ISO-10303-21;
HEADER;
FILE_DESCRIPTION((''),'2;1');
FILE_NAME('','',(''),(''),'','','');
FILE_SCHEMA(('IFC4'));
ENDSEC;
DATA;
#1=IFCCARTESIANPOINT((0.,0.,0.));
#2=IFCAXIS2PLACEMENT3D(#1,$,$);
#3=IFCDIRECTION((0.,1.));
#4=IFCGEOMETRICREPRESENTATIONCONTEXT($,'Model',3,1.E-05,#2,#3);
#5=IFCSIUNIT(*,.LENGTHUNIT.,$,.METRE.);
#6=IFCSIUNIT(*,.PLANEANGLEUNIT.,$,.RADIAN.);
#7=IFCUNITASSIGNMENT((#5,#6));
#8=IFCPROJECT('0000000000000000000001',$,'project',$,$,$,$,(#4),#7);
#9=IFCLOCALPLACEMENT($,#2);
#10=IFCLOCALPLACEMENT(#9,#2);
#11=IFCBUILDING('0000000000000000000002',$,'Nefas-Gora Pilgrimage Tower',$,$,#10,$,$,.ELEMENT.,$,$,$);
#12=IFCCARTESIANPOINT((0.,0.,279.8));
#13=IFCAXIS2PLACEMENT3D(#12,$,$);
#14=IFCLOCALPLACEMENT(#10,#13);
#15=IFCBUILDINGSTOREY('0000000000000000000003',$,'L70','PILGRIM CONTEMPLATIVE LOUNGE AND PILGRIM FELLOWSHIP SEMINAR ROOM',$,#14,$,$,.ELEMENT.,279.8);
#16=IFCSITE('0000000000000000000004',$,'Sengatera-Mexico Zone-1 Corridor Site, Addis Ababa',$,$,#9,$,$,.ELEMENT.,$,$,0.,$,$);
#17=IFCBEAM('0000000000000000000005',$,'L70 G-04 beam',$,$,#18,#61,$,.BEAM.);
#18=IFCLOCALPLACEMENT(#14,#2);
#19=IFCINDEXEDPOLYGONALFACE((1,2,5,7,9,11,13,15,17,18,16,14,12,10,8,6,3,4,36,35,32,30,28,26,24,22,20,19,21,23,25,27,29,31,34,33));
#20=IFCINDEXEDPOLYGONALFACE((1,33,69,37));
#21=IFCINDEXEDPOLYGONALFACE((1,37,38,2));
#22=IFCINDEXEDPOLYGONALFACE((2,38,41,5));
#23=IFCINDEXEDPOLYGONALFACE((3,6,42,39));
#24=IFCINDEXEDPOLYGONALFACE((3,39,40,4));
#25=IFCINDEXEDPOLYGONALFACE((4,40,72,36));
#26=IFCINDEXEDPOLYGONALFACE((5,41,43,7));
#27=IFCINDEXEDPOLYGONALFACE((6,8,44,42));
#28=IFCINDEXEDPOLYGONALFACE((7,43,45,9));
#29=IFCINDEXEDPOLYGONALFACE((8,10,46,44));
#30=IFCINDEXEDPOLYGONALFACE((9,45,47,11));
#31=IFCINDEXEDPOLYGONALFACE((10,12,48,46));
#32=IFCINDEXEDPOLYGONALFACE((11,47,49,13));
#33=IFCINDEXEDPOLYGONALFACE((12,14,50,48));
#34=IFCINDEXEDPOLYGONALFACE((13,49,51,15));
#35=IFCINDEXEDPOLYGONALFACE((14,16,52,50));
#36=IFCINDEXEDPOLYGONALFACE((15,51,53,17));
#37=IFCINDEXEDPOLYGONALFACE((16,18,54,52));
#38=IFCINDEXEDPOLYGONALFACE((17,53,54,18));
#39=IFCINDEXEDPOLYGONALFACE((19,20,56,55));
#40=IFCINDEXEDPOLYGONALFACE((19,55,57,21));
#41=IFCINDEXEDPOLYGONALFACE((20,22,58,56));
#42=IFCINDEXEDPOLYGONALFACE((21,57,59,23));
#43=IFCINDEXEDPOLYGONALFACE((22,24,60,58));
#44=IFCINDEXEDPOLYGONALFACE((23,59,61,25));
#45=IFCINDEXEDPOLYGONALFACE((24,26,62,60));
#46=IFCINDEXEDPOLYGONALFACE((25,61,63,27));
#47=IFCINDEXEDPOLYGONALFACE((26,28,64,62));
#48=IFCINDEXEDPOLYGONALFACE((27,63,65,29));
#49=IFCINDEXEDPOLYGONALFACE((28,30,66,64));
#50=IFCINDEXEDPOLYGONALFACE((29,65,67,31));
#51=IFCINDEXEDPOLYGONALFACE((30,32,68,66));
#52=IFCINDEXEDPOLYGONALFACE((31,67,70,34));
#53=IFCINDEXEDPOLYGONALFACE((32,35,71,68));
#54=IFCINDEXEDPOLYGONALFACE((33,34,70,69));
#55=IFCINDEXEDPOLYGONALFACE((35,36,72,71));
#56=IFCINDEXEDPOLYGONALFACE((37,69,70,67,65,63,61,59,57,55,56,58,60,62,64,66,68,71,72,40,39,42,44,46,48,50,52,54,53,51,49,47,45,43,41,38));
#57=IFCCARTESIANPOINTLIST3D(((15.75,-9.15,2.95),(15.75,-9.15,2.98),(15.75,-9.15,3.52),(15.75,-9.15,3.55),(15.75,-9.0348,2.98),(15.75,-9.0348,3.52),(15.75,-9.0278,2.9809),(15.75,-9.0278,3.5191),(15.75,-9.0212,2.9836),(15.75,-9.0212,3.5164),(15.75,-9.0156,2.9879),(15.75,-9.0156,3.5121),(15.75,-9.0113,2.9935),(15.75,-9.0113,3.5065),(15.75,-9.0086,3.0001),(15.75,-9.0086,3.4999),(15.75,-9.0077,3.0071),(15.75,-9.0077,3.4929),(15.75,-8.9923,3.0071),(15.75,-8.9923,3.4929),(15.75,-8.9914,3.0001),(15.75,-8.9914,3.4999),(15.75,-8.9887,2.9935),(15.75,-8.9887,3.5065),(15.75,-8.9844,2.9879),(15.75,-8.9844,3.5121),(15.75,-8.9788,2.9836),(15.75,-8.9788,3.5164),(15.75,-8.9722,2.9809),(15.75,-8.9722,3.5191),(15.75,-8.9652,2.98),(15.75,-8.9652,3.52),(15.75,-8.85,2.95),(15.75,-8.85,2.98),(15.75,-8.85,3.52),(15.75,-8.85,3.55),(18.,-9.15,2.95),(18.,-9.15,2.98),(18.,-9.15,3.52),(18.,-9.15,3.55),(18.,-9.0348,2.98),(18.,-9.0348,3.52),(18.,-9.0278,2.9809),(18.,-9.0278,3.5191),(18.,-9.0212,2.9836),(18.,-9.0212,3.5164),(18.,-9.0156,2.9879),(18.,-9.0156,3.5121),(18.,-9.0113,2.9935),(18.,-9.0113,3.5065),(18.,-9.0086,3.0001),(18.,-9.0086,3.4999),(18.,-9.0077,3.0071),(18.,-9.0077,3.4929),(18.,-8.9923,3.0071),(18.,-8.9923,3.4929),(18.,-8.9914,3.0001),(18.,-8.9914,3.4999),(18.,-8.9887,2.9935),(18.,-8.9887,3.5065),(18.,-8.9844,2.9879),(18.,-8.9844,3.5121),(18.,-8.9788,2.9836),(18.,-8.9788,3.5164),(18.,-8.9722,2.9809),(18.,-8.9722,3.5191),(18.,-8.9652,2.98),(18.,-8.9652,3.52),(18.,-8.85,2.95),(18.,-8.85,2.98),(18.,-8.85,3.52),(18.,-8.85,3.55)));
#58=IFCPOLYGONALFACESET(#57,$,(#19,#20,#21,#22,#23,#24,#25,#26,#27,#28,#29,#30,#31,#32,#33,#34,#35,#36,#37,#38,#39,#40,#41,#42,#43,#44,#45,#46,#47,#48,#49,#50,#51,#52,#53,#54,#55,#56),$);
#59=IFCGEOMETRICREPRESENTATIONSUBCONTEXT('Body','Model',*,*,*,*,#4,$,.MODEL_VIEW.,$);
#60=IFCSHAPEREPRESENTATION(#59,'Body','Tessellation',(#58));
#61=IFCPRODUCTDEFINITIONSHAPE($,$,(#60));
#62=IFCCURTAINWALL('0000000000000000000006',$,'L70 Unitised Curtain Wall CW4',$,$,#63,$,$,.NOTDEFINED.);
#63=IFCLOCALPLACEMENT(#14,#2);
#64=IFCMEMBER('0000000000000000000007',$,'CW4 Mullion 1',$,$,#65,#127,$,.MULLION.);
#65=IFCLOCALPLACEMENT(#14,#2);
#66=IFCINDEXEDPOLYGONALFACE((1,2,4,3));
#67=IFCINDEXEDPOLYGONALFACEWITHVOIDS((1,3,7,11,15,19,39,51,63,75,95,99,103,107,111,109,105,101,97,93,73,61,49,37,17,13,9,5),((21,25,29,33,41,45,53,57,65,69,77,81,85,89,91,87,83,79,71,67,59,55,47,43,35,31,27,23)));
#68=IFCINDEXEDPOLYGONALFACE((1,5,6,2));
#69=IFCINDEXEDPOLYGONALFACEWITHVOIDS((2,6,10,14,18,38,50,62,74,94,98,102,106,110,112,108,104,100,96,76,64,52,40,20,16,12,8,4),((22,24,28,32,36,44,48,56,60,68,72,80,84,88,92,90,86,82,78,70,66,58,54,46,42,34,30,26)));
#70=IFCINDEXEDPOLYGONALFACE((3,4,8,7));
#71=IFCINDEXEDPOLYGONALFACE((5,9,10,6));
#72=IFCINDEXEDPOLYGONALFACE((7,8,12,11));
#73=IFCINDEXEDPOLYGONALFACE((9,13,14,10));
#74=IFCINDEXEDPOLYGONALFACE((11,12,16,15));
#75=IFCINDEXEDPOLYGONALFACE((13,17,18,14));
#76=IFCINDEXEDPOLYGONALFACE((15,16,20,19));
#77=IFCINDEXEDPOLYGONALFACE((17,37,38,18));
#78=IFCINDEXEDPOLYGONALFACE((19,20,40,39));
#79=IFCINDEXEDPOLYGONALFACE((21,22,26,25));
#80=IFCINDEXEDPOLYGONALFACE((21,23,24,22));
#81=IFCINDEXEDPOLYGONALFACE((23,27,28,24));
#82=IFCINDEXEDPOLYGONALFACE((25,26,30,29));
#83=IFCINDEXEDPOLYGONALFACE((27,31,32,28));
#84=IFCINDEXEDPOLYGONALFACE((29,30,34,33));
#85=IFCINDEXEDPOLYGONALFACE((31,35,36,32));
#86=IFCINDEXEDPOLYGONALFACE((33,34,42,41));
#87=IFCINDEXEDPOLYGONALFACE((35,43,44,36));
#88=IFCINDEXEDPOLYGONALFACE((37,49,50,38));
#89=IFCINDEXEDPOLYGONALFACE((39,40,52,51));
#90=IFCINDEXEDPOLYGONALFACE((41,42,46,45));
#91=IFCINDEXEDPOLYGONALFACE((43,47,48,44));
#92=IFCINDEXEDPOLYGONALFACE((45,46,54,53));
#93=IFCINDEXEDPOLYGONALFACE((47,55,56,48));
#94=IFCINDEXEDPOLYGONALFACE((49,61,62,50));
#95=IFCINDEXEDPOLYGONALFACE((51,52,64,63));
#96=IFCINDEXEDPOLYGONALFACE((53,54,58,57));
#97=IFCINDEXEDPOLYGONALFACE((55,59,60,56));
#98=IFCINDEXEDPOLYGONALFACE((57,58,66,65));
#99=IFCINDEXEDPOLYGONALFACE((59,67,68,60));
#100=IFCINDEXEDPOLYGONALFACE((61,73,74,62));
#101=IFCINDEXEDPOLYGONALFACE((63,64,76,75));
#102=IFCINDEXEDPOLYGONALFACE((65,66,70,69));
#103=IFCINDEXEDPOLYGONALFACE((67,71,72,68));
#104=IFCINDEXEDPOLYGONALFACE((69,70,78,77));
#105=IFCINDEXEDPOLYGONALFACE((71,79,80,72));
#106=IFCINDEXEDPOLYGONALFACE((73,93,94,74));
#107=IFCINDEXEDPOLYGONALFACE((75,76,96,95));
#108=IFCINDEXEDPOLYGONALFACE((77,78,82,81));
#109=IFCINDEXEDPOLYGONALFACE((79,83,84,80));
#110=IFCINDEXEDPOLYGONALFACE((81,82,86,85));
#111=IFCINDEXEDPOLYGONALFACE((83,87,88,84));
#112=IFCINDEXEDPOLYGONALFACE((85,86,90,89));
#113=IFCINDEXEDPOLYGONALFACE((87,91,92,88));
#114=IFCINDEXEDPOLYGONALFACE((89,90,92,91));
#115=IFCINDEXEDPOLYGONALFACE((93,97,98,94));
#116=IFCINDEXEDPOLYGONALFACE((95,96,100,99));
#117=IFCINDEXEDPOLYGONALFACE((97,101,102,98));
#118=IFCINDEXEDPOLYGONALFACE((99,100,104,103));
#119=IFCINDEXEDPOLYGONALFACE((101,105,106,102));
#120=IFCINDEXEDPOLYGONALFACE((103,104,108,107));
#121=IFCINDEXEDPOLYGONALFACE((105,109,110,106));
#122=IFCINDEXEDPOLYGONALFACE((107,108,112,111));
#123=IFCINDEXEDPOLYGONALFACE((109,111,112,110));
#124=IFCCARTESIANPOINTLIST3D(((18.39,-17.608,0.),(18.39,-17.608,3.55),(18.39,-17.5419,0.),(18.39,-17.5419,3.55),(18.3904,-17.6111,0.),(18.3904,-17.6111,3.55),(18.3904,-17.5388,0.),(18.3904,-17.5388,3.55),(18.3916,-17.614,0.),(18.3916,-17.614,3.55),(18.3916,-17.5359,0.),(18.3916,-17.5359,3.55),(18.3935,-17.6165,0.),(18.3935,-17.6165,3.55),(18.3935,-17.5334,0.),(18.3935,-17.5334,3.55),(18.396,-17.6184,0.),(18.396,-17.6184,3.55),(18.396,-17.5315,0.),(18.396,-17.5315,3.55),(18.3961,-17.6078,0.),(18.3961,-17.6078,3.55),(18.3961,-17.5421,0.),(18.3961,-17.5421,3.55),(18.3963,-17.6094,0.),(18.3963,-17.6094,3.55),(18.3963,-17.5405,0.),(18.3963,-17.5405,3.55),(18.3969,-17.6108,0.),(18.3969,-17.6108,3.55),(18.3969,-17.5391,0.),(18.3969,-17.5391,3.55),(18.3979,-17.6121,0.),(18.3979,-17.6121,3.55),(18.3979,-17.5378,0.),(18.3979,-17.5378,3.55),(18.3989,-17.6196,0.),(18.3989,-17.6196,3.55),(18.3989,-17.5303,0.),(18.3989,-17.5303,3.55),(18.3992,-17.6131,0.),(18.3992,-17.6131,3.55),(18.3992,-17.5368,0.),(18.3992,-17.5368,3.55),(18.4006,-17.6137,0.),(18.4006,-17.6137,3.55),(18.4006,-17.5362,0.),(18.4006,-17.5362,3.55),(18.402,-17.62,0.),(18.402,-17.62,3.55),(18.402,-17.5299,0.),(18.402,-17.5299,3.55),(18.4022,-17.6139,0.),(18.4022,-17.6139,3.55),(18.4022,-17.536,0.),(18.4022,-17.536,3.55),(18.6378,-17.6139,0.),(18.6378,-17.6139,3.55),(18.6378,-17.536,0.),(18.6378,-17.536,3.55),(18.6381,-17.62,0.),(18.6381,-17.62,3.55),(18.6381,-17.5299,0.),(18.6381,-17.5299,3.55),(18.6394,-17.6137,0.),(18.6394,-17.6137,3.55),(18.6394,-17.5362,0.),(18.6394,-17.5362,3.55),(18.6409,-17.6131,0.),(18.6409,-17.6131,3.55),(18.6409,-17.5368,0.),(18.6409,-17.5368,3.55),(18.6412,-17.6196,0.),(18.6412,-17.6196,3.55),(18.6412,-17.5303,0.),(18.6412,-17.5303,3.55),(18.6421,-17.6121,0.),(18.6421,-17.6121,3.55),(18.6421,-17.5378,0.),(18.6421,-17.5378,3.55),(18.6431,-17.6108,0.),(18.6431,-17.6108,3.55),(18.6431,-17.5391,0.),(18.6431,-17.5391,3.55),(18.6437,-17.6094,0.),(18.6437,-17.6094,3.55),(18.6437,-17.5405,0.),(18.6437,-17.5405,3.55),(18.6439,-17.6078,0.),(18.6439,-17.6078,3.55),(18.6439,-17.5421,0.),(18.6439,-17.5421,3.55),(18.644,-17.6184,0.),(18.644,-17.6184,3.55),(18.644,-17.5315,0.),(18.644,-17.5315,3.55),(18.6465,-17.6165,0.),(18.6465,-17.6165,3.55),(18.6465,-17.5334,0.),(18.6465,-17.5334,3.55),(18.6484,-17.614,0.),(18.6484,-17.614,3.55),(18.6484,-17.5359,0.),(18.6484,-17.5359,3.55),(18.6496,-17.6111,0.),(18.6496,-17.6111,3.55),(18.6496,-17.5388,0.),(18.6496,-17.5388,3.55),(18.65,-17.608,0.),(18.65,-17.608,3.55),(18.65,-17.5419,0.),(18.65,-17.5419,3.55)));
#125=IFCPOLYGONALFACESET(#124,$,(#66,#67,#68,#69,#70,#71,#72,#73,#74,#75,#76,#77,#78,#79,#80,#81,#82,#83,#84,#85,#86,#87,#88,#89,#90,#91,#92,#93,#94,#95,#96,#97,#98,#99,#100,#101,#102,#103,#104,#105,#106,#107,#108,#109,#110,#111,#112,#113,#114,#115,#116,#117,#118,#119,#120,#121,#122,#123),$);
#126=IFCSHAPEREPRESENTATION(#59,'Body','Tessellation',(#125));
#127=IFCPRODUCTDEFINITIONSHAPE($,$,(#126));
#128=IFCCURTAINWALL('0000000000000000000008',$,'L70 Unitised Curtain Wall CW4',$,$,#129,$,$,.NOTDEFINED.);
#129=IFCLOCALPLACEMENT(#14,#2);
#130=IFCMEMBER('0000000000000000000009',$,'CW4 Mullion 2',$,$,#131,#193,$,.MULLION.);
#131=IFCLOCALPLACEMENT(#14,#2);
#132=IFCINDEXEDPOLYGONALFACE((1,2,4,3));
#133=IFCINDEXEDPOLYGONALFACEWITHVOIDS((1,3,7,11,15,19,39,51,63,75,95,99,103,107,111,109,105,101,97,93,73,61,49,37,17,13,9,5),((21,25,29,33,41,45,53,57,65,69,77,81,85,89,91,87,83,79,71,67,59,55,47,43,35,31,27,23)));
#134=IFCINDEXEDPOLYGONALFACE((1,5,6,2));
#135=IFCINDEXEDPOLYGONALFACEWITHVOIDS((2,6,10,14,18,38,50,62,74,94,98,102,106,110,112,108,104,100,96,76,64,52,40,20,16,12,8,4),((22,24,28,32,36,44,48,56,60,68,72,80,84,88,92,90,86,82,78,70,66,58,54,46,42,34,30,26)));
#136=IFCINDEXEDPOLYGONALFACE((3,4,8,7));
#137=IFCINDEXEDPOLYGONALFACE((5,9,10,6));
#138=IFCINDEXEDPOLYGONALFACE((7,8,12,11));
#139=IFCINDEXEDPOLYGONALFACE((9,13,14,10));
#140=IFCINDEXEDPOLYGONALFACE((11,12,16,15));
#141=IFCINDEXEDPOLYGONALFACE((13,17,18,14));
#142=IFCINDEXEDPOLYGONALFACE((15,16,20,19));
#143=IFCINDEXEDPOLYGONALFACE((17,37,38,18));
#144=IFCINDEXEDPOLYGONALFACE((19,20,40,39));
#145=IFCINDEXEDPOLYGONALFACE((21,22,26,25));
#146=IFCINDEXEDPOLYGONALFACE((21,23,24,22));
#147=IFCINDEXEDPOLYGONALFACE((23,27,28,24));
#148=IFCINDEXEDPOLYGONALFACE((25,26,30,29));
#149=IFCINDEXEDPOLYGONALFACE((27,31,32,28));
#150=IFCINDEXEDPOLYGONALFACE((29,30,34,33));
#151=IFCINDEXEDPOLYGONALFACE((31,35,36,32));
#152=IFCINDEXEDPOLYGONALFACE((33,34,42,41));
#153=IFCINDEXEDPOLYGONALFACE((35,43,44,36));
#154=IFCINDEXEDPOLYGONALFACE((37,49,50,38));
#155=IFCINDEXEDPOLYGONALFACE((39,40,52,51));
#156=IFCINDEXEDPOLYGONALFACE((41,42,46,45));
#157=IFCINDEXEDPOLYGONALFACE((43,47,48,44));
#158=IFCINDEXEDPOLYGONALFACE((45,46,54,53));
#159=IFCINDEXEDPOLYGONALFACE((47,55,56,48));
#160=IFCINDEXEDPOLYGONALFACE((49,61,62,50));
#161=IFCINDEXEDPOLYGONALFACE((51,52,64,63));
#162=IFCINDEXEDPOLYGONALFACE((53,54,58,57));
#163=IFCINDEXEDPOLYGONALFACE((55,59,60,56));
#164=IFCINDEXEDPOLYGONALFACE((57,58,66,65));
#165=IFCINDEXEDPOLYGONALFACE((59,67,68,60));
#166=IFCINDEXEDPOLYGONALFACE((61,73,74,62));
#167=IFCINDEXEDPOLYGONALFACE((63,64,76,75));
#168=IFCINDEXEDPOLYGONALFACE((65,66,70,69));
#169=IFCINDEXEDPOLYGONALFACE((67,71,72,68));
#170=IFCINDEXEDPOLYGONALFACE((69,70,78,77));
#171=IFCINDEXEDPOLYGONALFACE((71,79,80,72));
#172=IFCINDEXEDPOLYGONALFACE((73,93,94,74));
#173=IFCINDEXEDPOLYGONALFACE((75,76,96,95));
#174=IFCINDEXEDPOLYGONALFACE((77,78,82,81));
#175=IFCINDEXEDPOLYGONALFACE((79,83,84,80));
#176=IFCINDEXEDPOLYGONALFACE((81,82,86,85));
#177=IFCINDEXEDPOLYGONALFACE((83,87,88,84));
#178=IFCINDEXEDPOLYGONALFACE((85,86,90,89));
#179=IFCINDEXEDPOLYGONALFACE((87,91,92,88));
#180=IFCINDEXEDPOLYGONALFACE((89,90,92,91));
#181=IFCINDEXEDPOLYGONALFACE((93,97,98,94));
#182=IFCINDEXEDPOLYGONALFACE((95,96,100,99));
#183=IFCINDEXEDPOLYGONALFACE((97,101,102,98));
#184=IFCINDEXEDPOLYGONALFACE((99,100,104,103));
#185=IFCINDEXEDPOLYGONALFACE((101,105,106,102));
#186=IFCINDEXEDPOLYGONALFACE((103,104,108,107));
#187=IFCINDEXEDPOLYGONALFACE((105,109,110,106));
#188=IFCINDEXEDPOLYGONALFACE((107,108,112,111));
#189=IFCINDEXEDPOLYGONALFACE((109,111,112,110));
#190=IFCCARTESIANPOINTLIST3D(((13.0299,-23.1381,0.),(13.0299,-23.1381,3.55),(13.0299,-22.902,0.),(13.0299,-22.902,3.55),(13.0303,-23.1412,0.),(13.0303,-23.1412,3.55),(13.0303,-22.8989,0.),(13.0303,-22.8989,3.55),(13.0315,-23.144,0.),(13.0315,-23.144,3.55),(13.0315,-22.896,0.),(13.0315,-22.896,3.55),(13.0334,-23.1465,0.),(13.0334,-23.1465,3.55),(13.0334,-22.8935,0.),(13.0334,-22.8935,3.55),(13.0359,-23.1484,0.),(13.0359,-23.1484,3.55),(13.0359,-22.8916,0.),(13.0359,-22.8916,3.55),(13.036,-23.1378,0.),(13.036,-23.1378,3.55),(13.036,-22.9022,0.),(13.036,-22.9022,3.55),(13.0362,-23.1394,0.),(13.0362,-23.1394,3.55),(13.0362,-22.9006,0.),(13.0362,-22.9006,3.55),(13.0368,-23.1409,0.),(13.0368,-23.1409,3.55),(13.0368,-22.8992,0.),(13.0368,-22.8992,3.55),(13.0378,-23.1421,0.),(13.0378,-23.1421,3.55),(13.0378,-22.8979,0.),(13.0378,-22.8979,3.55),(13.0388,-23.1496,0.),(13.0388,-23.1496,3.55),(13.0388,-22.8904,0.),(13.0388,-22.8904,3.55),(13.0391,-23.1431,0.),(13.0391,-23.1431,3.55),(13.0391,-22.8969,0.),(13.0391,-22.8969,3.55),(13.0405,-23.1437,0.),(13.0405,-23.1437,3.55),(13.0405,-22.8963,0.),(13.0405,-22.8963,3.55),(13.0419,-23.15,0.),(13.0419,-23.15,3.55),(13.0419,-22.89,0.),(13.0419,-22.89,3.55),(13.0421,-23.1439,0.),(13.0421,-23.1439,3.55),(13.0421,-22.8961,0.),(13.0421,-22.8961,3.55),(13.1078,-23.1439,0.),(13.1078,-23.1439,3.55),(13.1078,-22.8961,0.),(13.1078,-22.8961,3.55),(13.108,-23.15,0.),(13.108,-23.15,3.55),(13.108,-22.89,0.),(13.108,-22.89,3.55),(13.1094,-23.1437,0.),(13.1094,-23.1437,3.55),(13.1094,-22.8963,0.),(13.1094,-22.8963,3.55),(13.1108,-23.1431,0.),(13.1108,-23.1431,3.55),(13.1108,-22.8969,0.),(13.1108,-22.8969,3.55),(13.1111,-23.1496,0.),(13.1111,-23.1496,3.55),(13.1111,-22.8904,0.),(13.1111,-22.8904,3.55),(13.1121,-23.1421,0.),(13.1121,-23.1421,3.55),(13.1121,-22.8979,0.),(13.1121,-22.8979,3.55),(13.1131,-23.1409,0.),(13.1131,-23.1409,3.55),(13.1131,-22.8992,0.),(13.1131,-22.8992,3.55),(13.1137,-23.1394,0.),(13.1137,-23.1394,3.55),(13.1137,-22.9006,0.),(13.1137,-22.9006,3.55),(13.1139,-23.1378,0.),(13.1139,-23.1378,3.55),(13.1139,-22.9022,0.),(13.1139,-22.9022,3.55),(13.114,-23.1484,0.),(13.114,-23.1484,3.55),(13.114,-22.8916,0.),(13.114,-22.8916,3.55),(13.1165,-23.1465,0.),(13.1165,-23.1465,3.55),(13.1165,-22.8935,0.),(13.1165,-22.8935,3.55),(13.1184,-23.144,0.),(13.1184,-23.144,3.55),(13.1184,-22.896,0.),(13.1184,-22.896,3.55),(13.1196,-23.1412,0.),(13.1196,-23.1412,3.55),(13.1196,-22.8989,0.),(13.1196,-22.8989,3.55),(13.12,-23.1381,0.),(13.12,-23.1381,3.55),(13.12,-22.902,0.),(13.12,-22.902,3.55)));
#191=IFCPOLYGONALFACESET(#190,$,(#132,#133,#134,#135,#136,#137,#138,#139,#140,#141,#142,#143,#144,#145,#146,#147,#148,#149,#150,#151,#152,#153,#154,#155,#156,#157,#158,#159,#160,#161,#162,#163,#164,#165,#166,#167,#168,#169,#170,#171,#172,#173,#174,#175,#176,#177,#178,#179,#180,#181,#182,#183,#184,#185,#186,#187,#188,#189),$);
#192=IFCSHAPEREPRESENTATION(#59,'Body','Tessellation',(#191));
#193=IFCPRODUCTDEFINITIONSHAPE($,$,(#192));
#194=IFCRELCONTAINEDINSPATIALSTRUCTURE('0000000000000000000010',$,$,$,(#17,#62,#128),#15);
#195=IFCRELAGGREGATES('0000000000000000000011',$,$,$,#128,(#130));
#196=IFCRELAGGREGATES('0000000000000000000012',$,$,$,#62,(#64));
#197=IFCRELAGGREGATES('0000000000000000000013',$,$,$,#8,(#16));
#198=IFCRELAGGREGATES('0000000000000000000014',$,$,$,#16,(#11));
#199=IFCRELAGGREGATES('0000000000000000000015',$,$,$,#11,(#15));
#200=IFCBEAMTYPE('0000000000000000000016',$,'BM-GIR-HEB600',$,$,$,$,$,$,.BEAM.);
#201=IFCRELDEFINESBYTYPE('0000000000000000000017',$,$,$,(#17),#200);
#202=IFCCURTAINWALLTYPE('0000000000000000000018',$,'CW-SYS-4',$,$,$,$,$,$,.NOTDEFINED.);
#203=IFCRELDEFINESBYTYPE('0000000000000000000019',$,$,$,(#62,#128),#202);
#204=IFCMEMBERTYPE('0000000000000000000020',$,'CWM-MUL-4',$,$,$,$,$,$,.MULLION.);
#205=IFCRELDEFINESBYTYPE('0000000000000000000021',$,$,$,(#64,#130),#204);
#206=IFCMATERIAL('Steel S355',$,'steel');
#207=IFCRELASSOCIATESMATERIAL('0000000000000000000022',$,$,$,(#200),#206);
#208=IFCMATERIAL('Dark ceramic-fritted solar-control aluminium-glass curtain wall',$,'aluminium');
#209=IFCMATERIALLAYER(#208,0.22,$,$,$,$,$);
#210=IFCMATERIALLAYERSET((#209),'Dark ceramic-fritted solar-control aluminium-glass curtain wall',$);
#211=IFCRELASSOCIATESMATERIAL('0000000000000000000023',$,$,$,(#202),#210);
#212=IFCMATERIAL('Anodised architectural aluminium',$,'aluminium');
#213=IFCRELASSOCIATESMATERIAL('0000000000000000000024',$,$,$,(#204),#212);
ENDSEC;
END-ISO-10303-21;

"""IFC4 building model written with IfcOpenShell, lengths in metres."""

from ifc_helpers import new_model, si_unit, direction, frame, origin, origin_2d, place, context, subcontext, project, spatial, hollow_rectangle, i_section, extrude, source, transform, mapped, material, layer, layer_set, material_profile, profile_set, type_object, element, aggregate, save


model = new_model("IFC4")

# Units and contexts
model_context = context("Model", 3, precision=1e-05, world=origin(), true_north=direction((0.0, 1.0)))
body_context = subcontext(model_context, "Body", "Model", "MODEL_VIEW")
ifc_project = project(units=[si_unit("LENGTHUNIT", "METRE"), si_unit("PLANEANGLEUNIT", "RADIAN")], contexts=[model_context])

# Site, building, storey
site_placement = place(None, origin())
site = spatial("IfcSite", under=ifc_project, at=site_placement, Name="Sengatera-Mexico Zone-1 Corridor Site, Addis Ababa", CompositionType="ELEMENT", RefElevation=0.0)
building_placement = place(site_placement, origin())
building = spatial("IfcBuilding", under=site, at=building_placement, Name="Nefas-Gora Pilgrimage Tower", CompositionType="ELEMENT")
storey_placement = place(building_placement, frame((0.0, 0.0, 279.8)))
storey = spatial("IfcBuildingStorey", under=building, at=storey_placement, Name="L70", Description="PILGRIM CONTEMPLATIVE LOUNGE AND PILGRIM FELLOWSHIP SEMINAR ROOM", CompositionType="ELEMENT", Elevation=279.8)

# Shared definitions
ifc_material_1 = material(Name="Steel S355", Category="steel")

# Beam
ifc_material_profile_1 = material_profile(ifc_material_1, i_section(OverallWidth=0.3, OverallDepth=0.6001, WebThickness=0.0154, FlangeThickness=0.03, FilletRadius=0.0271, at=origin_2d()), Name="HEB 600")
ifc_profile_set_1 = profile_set([ifc_material_profile_1], Name="Steel S355")
beam_type_1 = type_object("IfcBeamType", Name="BM-GIR-HEB600", PredefinedType="BEAM", material=ifc_profile_set_1)
shared_shape_1 = source(origin(), body_context, "Body", "SweptSolid", [
    extrude(i_section(OverallWidth=0.3, OverallDepth=0.6001, WebThickness=0.0154, FlangeThickness=0.03, FilletRadius=0.0271, at=origin_2d()), origin(), (0.0, 0.0, 1.0), 2.25),
])
for number, where, z_axis, x_axis, name in (
    (1, (15.75, -9.0, 3.25), (1.0, 0.0, 0.0), (0.0, 1.0, 0.0), "L70 G-04 beam"),
):
    element("IfcBeam", number, at=place(storey_placement, frame(where, z_axis=z_axis, x_axis=x_axis)), inside=storey, type_object=beam_type_1, Name=name, PredefinedType="BEAM", context=body_context, shape_type="MappedRepresentation", body=[
        mapped(shared_shape_1, transform((0.0, 0.0, 0.0), x_axis=(1.0, 0.0, 0.0), y_axis=(0.0, 1.0, 0.0), z_axis=(0.0, 0.0, 1.0), scale=1.0)),
    ])

# Curtain walls, members
ifc_material_2 = material(Name="Dark ceramic-fritted solar-control aluminium-glass curtain wall", Category="aluminium")
ifc_layer_1 = layer(ifc_material_2, 0.22)
ifc_layer_set_1 = layer_set([ifc_layer_1], Name="Dark ceramic-fritted solar-control aluminium-glass curtain wall")
curtain_wall_type = type_object("IfcCurtainWallType", Name="CW-SYS-4", PredefinedType="NOTDEFINED", material=ifc_layer_set_1)
curtain_wall_1_placement = place(storey_placement, origin())
curtain_wall_1 = element("IfcCurtainWall", 2, at=curtain_wall_1_placement, inside=storey, type_object=curtain_wall_type, Name="L70 Unitised Curtain Wall CW4", PredefinedType="NOTDEFINED")
ifc_material_3 = material(Name="Anodised architectural aluminium", Category="aluminium")
ifc_material_profile_2 = material_profile(ifc_material_3, hollow_rectangle(XDim=0.0901, YDim=0.26, WallThickness=0.0061, InnerFilletRadius=0.0061, OuterFilletRadius=0.012, at=origin_2d()), Name="ALU MULLION 90x260")
ifc_profile_set_2 = profile_set([ifc_material_profile_2], Name="Anodised architectural aluminium")
member_type_1 = type_object("IfcMemberType", Name="CWM-MUL-4", PredefinedType="MULLION", material=ifc_profile_set_2)
shared_shape_2 = source(origin(), body_context, "Body", "SweptSolid", [
    extrude(hollow_rectangle(XDim=0.0901, YDim=0.26, WallThickness=0.0061, InnerFilletRadius=0.0061, OuterFilletRadius=0.012, at=origin_2d()), origin(), (0.0, 0.0, 1.0), 3.55),
])
member_1_placement = place(storey_placement, frame((18.52, -17.575, 0.0), z_axis=(0.0, 0.0, 1.0), x_axis=(0.0, 1.0, 0.0)))
member_1 = element("IfcMember", 3, at=member_1_placement, type_object=member_type_1, Name="CW4 Mullion 1", PredefinedType="MULLION", context=body_context, shape_type="MappedRepresentation", body=[
    mapped(shared_shape_2, transform((0.0, 0.0, 0.0), x_axis=(1.0, 0.0, 0.0), y_axis=(0.0, 1.0, 0.0), z_axis=(0.0, 0.0, 1.0), scale=1.0)),
])
curtain_wall_2_placement = place(storey_placement, origin())
curtain_wall_2 = element("IfcCurtainWall", 4, at=curtain_wall_2_placement, inside=storey, type_object=curtain_wall_type, Name="L70 Unitised Curtain Wall CW4", PredefinedType="NOTDEFINED")
member_2_placement = place(storey_placement, frame((13.075, -23.02, 0.0), z_axis=(0.0, 0.0, 1.0), x_axis=(1.0, 0.0, 0.0)))
member_2 = element("IfcMember", 5, at=member_2_placement, type_object=member_type_1, Name="CW4 Mullion 2", PredefinedType="MULLION", context=body_context, shape_type="MappedRepresentation", body=[
    mapped(shared_shape_2, transform((0.0, 0.0, 0.0), x_axis=(1.0, 0.0, 0.0), y_axis=(0.0, 1.0, 0.0), z_axis=(0.0, 0.0, 1.0), scale=1.0)),
])
aggregate(curtain_wall_2, [member_2])

aggregate(curtain_wall_1, [member_1])

save(model, "model.ifc")
